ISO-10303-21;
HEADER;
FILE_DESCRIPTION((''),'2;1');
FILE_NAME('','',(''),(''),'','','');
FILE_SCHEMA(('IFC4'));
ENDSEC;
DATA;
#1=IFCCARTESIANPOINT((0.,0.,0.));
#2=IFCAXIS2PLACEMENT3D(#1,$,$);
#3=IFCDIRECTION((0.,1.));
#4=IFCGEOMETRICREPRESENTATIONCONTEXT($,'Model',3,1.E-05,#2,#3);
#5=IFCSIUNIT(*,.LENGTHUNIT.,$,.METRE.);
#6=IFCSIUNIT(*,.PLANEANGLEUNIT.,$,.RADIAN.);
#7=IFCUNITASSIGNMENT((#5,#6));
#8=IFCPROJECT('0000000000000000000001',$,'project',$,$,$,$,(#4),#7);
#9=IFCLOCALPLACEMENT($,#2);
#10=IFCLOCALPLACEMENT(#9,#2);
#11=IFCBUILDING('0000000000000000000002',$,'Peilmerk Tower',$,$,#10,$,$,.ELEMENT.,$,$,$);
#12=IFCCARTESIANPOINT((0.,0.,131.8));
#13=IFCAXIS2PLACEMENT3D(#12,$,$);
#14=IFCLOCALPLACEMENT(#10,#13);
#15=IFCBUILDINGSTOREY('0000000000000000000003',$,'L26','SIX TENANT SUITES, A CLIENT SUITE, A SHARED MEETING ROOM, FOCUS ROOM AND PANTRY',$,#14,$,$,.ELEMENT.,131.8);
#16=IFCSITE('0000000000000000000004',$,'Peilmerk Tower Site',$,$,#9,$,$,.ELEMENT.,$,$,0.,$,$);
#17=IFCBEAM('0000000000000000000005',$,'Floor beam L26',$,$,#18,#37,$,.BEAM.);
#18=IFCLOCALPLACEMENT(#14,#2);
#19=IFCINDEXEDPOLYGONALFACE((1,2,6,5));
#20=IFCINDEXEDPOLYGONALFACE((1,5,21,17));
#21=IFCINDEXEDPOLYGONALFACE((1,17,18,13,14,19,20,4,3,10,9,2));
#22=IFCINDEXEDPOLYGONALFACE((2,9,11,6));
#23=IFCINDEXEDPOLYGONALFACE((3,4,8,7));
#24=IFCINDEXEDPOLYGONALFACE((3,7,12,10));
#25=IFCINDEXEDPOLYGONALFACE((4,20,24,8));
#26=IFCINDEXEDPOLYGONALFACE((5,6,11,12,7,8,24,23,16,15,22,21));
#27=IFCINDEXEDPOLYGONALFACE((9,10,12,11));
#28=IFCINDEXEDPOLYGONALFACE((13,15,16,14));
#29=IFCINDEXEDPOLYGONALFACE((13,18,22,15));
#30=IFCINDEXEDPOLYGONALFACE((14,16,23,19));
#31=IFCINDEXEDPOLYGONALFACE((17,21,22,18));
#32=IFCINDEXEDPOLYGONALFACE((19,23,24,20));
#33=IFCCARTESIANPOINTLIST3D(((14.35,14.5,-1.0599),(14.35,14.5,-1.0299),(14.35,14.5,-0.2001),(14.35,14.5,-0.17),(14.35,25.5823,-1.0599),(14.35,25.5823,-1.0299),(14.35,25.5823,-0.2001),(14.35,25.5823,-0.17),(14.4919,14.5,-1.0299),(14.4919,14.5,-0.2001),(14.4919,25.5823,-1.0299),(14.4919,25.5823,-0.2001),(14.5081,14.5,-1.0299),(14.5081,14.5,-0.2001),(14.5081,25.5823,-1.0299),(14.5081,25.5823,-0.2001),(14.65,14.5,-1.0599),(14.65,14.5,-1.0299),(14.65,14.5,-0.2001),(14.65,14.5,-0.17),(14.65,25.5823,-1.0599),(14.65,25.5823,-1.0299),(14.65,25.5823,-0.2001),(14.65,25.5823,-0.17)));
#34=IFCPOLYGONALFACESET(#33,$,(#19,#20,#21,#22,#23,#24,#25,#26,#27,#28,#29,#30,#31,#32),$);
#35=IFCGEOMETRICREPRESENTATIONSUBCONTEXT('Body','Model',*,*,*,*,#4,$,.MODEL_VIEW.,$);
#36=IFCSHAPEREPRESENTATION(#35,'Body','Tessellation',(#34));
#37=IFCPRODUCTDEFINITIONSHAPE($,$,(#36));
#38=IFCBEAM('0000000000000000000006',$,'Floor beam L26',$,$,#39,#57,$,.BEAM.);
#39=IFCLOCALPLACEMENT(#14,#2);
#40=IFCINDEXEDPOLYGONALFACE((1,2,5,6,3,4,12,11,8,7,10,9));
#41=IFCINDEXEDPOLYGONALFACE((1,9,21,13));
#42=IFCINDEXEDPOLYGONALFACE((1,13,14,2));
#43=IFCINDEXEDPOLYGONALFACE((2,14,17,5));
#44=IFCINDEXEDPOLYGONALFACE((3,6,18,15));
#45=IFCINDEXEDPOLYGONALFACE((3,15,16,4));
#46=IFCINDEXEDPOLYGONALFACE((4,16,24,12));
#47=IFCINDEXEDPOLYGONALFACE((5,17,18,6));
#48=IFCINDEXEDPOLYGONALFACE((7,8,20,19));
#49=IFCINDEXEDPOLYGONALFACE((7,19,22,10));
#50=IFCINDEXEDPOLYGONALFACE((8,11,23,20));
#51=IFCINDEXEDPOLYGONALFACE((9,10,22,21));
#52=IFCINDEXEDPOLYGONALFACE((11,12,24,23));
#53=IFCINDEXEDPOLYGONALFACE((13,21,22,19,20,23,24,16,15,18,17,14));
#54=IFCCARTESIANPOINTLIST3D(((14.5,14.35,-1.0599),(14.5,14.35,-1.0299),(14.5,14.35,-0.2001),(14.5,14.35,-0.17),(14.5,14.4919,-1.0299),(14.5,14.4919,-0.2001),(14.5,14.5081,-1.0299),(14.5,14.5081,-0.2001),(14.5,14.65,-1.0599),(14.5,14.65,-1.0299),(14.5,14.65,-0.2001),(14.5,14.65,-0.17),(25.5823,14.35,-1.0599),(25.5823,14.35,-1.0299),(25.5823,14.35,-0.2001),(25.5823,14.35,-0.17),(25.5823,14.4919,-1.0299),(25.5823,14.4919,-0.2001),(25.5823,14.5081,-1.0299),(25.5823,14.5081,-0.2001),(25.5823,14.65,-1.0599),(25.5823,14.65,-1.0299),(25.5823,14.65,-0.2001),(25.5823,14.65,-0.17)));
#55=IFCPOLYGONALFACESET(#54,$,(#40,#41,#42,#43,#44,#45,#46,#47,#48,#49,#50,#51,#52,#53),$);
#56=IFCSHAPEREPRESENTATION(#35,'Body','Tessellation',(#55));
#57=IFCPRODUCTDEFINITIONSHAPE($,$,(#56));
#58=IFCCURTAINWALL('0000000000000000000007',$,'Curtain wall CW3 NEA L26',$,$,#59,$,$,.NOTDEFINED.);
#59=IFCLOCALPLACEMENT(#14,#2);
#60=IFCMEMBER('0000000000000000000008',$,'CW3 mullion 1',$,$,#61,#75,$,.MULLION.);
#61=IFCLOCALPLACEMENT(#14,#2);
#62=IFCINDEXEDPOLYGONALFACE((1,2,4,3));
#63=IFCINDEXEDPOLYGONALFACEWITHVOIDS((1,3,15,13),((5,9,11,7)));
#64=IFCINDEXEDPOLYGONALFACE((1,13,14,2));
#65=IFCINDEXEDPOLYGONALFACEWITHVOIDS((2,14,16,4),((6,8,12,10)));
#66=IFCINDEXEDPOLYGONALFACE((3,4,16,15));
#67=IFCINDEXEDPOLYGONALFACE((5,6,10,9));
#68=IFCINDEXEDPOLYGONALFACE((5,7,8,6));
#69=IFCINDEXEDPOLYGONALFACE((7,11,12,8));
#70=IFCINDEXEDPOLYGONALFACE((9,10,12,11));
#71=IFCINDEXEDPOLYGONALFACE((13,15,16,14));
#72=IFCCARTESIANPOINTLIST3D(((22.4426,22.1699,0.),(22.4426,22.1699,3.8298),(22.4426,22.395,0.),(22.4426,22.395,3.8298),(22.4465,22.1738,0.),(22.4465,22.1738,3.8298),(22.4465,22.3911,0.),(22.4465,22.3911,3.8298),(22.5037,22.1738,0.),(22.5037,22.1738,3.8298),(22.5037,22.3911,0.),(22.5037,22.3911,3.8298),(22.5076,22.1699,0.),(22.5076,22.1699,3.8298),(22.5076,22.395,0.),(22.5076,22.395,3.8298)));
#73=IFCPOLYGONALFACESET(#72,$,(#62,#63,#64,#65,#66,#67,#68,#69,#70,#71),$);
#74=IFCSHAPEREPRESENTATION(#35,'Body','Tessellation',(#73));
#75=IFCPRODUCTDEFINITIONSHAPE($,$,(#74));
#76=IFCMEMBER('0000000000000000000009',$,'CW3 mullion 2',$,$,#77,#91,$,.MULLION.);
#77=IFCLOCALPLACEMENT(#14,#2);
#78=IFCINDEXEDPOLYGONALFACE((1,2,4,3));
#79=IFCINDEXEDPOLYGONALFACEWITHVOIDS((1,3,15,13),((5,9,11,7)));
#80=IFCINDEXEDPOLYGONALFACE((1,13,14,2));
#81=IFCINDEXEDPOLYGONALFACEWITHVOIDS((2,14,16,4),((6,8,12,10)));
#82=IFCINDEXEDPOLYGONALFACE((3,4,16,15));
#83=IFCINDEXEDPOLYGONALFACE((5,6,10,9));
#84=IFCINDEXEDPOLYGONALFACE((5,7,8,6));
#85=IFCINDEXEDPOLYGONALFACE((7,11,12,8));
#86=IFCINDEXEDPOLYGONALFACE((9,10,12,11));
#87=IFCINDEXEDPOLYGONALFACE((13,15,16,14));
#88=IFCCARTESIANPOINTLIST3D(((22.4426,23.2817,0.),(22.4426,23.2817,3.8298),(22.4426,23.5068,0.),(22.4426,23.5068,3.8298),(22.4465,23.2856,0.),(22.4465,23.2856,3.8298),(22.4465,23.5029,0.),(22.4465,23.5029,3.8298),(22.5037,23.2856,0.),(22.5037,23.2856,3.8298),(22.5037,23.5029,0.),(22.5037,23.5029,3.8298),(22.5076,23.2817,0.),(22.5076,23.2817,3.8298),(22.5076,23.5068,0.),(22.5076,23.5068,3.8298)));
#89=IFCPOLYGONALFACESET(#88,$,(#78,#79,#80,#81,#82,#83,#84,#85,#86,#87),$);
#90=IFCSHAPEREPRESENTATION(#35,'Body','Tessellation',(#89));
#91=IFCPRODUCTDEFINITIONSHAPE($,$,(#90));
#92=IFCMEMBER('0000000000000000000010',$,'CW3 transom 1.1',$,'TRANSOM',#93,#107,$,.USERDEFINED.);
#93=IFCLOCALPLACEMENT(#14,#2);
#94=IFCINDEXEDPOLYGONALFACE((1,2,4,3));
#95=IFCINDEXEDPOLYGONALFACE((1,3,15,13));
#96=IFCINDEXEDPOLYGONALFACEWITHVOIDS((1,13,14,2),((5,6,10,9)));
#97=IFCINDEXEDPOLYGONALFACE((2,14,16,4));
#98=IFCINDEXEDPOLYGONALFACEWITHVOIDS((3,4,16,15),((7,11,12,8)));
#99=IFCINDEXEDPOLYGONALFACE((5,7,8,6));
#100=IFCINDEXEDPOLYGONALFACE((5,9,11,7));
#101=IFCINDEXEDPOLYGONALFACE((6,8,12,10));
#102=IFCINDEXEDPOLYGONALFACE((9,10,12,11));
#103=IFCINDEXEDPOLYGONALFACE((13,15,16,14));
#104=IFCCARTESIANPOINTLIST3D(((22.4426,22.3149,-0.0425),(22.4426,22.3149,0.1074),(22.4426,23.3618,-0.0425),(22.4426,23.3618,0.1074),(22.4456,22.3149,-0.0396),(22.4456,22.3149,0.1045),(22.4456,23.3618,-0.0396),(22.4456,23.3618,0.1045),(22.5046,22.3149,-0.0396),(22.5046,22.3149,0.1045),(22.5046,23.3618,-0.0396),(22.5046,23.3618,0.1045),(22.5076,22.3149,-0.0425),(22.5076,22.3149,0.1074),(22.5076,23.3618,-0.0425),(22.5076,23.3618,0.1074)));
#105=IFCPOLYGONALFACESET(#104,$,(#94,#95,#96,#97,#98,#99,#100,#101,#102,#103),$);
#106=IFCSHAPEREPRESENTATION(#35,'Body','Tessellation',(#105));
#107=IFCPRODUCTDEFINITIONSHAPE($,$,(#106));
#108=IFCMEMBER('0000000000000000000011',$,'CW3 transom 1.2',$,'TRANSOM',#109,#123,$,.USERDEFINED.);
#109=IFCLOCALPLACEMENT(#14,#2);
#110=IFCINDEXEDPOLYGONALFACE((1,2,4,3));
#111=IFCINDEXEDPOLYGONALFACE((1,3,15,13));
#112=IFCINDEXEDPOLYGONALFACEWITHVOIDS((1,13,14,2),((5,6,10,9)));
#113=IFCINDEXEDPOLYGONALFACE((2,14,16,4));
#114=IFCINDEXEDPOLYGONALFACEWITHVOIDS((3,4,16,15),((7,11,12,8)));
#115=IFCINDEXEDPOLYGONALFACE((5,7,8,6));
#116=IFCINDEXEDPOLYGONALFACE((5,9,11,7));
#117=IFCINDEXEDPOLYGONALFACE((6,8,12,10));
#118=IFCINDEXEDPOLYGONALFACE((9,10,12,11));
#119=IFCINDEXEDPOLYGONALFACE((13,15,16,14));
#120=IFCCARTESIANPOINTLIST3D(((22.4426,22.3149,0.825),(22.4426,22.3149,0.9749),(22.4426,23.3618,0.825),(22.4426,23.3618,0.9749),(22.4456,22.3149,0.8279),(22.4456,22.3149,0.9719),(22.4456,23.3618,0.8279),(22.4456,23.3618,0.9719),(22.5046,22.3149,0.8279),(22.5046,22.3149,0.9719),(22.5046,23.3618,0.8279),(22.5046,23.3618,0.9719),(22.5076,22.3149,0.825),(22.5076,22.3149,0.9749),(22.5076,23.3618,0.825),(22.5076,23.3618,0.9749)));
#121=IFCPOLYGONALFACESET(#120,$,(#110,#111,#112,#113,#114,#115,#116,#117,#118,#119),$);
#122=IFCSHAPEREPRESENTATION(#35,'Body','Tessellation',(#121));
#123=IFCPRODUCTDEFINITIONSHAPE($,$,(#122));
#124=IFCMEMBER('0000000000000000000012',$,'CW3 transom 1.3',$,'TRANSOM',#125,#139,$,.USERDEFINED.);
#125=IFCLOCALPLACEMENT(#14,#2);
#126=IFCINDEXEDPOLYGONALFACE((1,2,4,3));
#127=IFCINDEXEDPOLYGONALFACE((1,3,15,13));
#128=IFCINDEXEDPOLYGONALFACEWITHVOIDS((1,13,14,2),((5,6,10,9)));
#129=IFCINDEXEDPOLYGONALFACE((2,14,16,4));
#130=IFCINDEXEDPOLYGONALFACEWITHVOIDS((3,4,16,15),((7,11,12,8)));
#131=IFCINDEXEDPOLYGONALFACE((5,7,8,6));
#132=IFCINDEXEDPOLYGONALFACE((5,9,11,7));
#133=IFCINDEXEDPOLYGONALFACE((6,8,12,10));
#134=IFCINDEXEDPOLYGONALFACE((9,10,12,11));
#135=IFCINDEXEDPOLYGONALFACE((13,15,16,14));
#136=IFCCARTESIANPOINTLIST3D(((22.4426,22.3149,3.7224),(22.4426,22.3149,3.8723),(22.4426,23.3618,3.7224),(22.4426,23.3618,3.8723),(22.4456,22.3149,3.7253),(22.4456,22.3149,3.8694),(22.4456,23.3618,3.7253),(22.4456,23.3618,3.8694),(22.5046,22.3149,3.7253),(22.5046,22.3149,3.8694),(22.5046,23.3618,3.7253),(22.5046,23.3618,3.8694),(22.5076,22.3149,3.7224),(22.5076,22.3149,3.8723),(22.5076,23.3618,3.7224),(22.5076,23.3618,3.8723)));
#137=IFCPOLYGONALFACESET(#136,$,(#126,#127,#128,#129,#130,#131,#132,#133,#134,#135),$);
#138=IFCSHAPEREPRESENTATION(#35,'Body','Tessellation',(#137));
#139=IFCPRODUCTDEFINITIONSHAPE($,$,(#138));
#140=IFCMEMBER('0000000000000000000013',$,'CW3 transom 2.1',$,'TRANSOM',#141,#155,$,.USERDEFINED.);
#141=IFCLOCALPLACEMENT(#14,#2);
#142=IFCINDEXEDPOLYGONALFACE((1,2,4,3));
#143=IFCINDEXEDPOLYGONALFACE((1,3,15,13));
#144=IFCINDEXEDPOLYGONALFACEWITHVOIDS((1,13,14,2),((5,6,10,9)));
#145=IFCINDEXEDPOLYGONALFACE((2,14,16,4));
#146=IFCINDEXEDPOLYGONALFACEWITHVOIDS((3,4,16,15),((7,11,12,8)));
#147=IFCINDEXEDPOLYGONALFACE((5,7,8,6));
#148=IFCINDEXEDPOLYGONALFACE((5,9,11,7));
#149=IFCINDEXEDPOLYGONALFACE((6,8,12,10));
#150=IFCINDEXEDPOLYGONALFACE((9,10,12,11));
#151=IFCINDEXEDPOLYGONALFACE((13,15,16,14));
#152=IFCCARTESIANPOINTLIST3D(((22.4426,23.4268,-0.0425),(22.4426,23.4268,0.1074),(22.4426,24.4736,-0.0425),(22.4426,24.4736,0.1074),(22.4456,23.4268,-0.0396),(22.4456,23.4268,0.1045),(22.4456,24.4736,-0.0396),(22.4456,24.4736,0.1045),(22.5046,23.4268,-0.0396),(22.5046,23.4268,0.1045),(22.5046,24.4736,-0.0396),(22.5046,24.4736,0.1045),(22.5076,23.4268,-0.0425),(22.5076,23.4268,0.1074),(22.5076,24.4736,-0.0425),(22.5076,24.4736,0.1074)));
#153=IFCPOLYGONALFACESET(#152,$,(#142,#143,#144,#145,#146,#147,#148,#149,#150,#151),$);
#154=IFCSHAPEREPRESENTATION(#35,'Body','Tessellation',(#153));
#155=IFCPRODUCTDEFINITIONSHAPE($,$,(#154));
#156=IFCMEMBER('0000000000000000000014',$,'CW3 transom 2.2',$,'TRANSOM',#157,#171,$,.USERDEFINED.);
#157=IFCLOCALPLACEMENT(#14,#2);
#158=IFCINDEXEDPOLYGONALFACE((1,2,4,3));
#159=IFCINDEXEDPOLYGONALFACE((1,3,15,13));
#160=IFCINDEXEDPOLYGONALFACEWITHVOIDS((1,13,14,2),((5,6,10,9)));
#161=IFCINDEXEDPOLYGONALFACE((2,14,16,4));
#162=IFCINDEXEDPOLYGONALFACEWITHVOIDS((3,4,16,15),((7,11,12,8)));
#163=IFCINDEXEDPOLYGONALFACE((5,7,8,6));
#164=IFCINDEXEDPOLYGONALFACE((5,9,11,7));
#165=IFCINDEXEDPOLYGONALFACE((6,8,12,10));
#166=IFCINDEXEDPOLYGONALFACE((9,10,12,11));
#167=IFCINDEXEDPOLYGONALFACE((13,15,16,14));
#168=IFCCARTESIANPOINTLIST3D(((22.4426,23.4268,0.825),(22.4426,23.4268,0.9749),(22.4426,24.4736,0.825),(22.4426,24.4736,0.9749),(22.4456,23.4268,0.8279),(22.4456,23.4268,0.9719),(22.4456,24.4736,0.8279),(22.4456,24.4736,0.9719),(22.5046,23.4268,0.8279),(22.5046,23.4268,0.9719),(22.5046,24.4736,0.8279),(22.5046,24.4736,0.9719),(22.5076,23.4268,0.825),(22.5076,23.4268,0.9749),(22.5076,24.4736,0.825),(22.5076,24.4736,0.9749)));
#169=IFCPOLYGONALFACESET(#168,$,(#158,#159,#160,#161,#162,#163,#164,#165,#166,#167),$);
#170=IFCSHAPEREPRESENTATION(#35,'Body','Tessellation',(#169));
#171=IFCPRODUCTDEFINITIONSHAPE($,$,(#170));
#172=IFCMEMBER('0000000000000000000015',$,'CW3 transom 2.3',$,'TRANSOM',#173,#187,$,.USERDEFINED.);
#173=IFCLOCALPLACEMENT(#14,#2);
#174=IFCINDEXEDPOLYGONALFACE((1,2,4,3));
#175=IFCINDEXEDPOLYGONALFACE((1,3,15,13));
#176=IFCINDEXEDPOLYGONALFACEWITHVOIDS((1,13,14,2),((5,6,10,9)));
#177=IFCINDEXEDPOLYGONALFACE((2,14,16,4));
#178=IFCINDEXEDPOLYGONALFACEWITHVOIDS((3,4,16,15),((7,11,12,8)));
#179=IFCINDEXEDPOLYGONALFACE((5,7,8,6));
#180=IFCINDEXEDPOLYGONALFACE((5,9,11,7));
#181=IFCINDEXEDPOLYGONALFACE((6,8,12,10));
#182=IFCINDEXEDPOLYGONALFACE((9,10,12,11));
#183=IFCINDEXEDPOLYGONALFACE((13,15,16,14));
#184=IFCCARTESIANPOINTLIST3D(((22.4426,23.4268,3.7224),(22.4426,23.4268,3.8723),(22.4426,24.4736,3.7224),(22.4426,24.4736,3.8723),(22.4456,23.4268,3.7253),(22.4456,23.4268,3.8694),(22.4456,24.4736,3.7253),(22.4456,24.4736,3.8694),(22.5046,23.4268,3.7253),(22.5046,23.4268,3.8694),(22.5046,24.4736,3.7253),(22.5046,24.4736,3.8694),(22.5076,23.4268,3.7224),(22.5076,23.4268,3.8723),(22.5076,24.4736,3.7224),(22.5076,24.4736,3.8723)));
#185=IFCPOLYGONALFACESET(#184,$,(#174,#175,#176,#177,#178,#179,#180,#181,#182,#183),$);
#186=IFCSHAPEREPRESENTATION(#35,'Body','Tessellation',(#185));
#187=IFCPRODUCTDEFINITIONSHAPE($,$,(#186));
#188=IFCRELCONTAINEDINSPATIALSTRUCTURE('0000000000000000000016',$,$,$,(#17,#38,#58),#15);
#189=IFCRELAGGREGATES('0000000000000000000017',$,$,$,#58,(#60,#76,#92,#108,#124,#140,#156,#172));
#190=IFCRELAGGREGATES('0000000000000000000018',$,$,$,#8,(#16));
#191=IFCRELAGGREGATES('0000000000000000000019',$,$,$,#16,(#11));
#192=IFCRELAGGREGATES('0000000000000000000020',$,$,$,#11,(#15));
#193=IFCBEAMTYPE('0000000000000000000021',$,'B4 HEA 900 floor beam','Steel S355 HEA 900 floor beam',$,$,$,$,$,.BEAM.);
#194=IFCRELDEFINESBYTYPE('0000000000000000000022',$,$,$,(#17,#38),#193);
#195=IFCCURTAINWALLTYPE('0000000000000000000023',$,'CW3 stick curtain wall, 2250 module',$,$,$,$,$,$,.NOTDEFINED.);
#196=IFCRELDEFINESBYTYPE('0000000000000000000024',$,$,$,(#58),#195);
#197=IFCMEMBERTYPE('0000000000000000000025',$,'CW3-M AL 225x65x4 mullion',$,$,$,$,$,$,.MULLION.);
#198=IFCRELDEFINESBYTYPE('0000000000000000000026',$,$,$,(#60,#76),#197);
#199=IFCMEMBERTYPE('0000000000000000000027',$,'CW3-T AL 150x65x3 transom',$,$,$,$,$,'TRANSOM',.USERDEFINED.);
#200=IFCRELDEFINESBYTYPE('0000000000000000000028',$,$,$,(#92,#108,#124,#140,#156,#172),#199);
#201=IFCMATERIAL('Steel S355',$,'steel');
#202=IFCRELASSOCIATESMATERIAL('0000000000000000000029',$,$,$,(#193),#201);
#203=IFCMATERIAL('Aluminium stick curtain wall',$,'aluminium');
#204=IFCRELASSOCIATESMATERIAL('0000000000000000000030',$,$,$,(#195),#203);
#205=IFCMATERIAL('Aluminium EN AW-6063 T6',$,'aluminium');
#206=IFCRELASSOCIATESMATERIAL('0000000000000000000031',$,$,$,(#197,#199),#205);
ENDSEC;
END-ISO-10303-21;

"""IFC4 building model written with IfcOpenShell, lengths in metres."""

from ifc_helpers import new_model, si_unit, direction, frame, origin, origin_2d, place, context, subcontext, project, spatial, hollow_rectangle, i_section, extrude, material, material_profile, profile_set, type_object, element, aggregate, save


model = new_model("IFC4")

# Units and contexts
model_context = context("Model", 3, precision=1e-05, world=origin(), true_north=direction((0.0, 1.0)))
body_context = subcontext(model_context, "Body", "Model", "MODEL_VIEW")
ifc_project = project(units=[si_unit("LENGTHUNIT", "METRE"), si_unit("PLANEANGLEUNIT", "RADIAN")], contexts=[model_context])

# Site, building, storey
site_placement = place(None, origin())
site = spatial("IfcSite", under=ifc_project, at=site_placement, Name="Peilmerk Tower Site", CompositionType="ELEMENT", RefElevation=0.0)
building_placement = place(site_placement, origin())
building = spatial("IfcBuilding", under=site, at=building_placement, Name="Peilmerk Tower", CompositionType="ELEMENT")
storey_placement = place(building_placement, frame((0.0, 0.0, 131.8)))
storey = spatial("IfcBuildingStorey", under=building, at=storey_placement, Name="L26", Description="SIX TENANT SUITES, A CLIENT SUITE, A SHARED MEETING ROOM, FOCUS ROOM AND PANTRY", CompositionType="ELEMENT", Elevation=131.8)

# Beams
ifc_material_1 = material(Name="Steel S355", Category="steel")
ifc_material_profile_1 = material_profile(ifc_material_1, i_section(OverallWidth=0.3, OverallDepth=0.8899, WebThickness=0.0161, FlangeThickness=0.03, at=origin_2d()), Name="HEA 900")
ifc_profile_set_1 = profile_set([ifc_material_profile_1], Name="Steel S355")
beam_type_1 = type_object("IfcBeamType", Name="B4 HEA 900 floor beam", Description="Steel S355 HEA 900 floor beam", PredefinedType="BEAM", material=ifc_profile_set_1)
for number, where, z_axis, x_axis, name in (
    (1, (14.5, 14.5, -0.615), (0.0, 1.0, 0.0), (-1.0, 0.0, 0.0), "Floor beam L26"),
    (2, (14.5, 14.5, -0.615), (1.0, 0.0, 0.0), (0.0, 1.0, 0.0), "Floor beam L26"),
):
    element("IfcBeam", number, at=place(storey_placement, frame(where, z_axis=z_axis, x_axis=x_axis)), inside=storey, type_object=beam_type_1, Name=name, PredefinedType="BEAM", context=body_context, shape_type="SweptSolid", body=[
        extrude(i_section(OverallWidth=0.3, OverallDepth=0.8899, WebThickness=0.0161, FlangeThickness=0.03, at=origin_2d()), origin(), (0.0, 0.0, 1.0), 11.0823),
    ])

# Curtain wall, members
ifc_material_2 = material(Name="Aluminium stick curtain wall", Category="aluminium")
curtain_wall_type = type_object("IfcCurtainWallType", Name="CW3 stick curtain wall, 2250 module", PredefinedType="NOTDEFINED", material=ifc_material_2)
curtain_wall_placement = place(storey_placement, origin())
curtain_wall = element("IfcCurtainWall", 3, at=curtain_wall_placement, inside=storey, type_object=curtain_wall_type, Name="Curtain wall CW3 NEA L26", PredefinedType="NOTDEFINED")
ifc_material_3 = material(Name="Aluminium EN AW-6063 T6", Category="aluminium")
ifc_material_profile_2 = material_profile(ifc_material_3, hollow_rectangle(XDim=0.0649, YDim=0.2251, WallThickness=0.0039, at=origin_2d()), Name="AL 225x65x4")
ifc_profile_set_2 = profile_set([ifc_material_profile_2], Name="Aluminium EN AW-6063 T6")
member_type_1 = type_object("IfcMemberType", Name="CW3-M AL 225x65x4 mullion", PredefinedType="MULLION", material=ifc_profile_set_2)
member_1_placement = place(storey_placement, frame((22.4751, 22.2825, 0.0), z_axis=(0.0, 0.0, 1.0), x_axis=(-1.0, 0.0, 0.0)))
member_1 = element("IfcMember", 4, at=member_1_placement, type_object=member_type_1, Name="CW3 mullion 1", PredefinedType="MULLION", context=body_context, shape_type="SweptSolid", body=[
    extrude(hollow_rectangle(XDim=0.0649, YDim=0.2251, WallThickness=0.0039, at=origin_2d()), origin(), (0.0, 0.0, 1.0), 3.8298),
])
member_2_placement = place(storey_placement, frame((22.4751, 23.3943, 0.0), z_axis=(0.0, 0.0, 1.0), x_axis=(-1.0, 0.0, 0.0)))
member_2 = element("IfcMember", 5, at=member_2_placement, type_object=member_type_1, Name="CW3 mullion 2", PredefinedType="MULLION", context=body_context, shape_type="SweptSolid", body=[
    extrude(hollow_rectangle(XDim=0.0649, YDim=0.2251, WallThickness=0.0039, at=origin_2d()), origin(), (0.0, 0.0, 1.0), 3.8298),
])
ifc_material_profile_3 = material_profile(ifc_material_3, hollow_rectangle(XDim=0.0649, YDim=0.1499, WallThickness=0.0029, at=origin_2d()), Name="AL 150x65x3")
ifc_profile_set_3 = profile_set([ifc_material_profile_3], Name="Aluminium EN AW-6063 T6")
member_type_2 = type_object("IfcMemberType", Name="CW3-T AL 150x65x3 transom", ElementType="TRANSOM", PredefinedType="USERDEFINED", material=ifc_profile_set_3)
member_3_placement = place(storey_placement, frame((22.4751, 22.3149, 0.0325), z_axis=(0.0, 1.0, 0.0), x_axis=(-1.0, 0.0, 0.0)))
member_3 = element("IfcMember", 6, at=member_3_placement, type_object=member_type_2, Name="CW3 transom 1.1", ObjectType="TRANSOM", PredefinedType="USERDEFINED", context=body_context, shape_type="SweptSolid", body=[
    extrude(hollow_rectangle(XDim=0.0649, YDim=0.1499, WallThickness=0.0029, at=origin_2d()), origin(), (0.0, 0.0, 1.0), 1.0469),
])
member_4_placement = place(storey_placement, frame((22.4751, 22.3149, 0.8999), z_axis=(0.0, 1.0, 0.0), x_axis=(-1.0, 0.0, 0.0)))
member_4 = element("IfcMember", 7, at=member_4_placement, type_object=member_type_2, Name="CW3 transom 1.2", ObjectType="TRANSOM", PredefinedType="USERDEFINED", context=body_context, shape_type="SweptSolid", body=[
    extrude(hollow_rectangle(XDim=0.0649, YDim=0.1499, WallThickness=0.0029, at=origin_2d()), origin(), (0.0, 0.0, 1.0), 1.0469),
])
member_5_placement = place(storey_placement, frame((22.4751, 22.3149, 3.7974), z_axis=(0.0, 1.0, 0.0), x_axis=(-1.0, 0.0, 0.0)))
member_5 = element("IfcMember", 8, at=member_5_placement, type_object=member_type_2, Name="CW3 transom 1.3", ObjectType="TRANSOM", PredefinedType="USERDEFINED", context=body_context, shape_type="SweptSolid", body=[
    extrude(hollow_rectangle(XDim=0.0649, YDim=0.1499, WallThickness=0.0029, at=origin_2d()), origin(), (0.0, 0.0, 1.0), 1.0469),
])
member_6_placement = place(storey_placement, frame((22.4751, 23.4268, 0.0325), z_axis=(0.0, 1.0, 0.0), x_axis=(-1.0, 0.0, 0.0)))
member_6 = element("IfcMember", 9, at=member_6_placement, type_object=member_type_2, Name="CW3 transom 2.1", ObjectType="TRANSOM", PredefinedType="USERDEFINED", context=body_context, shape_type="SweptSolid", body=[
    extrude(hollow_rectangle(XDim=0.0649, YDim=0.1499, WallThickness=0.0029, at=origin_2d()), origin(), (0.0, 0.0, 1.0), 1.0469),
])
member_7_placement = place(storey_placement, frame((22.4751, 23.4268, 0.8999), z_axis=(0.0, 1.0, 0.0), x_axis=(-1.0, 0.0, 0.0)))
member_7 = element("IfcMember", 10, at=member_7_placement, type_object=member_type_2, Name="CW3 transom 2.2", ObjectType="TRANSOM", PredefinedType="USERDEFINED", context=body_context, shape_type="SweptSolid", body=[
    extrude(hollow_rectangle(XDim=0.0649, YDim=0.1499, WallThickness=0.0029, at=origin_2d()), origin(), (0.0, 0.0, 1.0), 1.0469),
])
member_8_placement = place(storey_placement, frame((22.4751, 23.4268, 3.7974), z_axis=(0.0, 1.0, 0.0), x_axis=(-1.0, 0.0, 0.0)))
member_8 = element("IfcMember", 11, at=member_8_placement, type_object=member_type_2, Name="CW3 transom 2.3", ObjectType="TRANSOM", PredefinedType="USERDEFINED", context=body_context, shape_type="SweptSolid", body=[
    extrude(hollow_rectangle(XDim=0.0649, YDim=0.1499, WallThickness=0.0029, at=origin_2d()), origin(), (0.0, 0.0, 1.0), 1.0469),
])
aggregate(curtain_wall, [member_1, member_2, member_3, member_4, member_5, member_6, member_7, member_8])

save(model, "model.ifc")
